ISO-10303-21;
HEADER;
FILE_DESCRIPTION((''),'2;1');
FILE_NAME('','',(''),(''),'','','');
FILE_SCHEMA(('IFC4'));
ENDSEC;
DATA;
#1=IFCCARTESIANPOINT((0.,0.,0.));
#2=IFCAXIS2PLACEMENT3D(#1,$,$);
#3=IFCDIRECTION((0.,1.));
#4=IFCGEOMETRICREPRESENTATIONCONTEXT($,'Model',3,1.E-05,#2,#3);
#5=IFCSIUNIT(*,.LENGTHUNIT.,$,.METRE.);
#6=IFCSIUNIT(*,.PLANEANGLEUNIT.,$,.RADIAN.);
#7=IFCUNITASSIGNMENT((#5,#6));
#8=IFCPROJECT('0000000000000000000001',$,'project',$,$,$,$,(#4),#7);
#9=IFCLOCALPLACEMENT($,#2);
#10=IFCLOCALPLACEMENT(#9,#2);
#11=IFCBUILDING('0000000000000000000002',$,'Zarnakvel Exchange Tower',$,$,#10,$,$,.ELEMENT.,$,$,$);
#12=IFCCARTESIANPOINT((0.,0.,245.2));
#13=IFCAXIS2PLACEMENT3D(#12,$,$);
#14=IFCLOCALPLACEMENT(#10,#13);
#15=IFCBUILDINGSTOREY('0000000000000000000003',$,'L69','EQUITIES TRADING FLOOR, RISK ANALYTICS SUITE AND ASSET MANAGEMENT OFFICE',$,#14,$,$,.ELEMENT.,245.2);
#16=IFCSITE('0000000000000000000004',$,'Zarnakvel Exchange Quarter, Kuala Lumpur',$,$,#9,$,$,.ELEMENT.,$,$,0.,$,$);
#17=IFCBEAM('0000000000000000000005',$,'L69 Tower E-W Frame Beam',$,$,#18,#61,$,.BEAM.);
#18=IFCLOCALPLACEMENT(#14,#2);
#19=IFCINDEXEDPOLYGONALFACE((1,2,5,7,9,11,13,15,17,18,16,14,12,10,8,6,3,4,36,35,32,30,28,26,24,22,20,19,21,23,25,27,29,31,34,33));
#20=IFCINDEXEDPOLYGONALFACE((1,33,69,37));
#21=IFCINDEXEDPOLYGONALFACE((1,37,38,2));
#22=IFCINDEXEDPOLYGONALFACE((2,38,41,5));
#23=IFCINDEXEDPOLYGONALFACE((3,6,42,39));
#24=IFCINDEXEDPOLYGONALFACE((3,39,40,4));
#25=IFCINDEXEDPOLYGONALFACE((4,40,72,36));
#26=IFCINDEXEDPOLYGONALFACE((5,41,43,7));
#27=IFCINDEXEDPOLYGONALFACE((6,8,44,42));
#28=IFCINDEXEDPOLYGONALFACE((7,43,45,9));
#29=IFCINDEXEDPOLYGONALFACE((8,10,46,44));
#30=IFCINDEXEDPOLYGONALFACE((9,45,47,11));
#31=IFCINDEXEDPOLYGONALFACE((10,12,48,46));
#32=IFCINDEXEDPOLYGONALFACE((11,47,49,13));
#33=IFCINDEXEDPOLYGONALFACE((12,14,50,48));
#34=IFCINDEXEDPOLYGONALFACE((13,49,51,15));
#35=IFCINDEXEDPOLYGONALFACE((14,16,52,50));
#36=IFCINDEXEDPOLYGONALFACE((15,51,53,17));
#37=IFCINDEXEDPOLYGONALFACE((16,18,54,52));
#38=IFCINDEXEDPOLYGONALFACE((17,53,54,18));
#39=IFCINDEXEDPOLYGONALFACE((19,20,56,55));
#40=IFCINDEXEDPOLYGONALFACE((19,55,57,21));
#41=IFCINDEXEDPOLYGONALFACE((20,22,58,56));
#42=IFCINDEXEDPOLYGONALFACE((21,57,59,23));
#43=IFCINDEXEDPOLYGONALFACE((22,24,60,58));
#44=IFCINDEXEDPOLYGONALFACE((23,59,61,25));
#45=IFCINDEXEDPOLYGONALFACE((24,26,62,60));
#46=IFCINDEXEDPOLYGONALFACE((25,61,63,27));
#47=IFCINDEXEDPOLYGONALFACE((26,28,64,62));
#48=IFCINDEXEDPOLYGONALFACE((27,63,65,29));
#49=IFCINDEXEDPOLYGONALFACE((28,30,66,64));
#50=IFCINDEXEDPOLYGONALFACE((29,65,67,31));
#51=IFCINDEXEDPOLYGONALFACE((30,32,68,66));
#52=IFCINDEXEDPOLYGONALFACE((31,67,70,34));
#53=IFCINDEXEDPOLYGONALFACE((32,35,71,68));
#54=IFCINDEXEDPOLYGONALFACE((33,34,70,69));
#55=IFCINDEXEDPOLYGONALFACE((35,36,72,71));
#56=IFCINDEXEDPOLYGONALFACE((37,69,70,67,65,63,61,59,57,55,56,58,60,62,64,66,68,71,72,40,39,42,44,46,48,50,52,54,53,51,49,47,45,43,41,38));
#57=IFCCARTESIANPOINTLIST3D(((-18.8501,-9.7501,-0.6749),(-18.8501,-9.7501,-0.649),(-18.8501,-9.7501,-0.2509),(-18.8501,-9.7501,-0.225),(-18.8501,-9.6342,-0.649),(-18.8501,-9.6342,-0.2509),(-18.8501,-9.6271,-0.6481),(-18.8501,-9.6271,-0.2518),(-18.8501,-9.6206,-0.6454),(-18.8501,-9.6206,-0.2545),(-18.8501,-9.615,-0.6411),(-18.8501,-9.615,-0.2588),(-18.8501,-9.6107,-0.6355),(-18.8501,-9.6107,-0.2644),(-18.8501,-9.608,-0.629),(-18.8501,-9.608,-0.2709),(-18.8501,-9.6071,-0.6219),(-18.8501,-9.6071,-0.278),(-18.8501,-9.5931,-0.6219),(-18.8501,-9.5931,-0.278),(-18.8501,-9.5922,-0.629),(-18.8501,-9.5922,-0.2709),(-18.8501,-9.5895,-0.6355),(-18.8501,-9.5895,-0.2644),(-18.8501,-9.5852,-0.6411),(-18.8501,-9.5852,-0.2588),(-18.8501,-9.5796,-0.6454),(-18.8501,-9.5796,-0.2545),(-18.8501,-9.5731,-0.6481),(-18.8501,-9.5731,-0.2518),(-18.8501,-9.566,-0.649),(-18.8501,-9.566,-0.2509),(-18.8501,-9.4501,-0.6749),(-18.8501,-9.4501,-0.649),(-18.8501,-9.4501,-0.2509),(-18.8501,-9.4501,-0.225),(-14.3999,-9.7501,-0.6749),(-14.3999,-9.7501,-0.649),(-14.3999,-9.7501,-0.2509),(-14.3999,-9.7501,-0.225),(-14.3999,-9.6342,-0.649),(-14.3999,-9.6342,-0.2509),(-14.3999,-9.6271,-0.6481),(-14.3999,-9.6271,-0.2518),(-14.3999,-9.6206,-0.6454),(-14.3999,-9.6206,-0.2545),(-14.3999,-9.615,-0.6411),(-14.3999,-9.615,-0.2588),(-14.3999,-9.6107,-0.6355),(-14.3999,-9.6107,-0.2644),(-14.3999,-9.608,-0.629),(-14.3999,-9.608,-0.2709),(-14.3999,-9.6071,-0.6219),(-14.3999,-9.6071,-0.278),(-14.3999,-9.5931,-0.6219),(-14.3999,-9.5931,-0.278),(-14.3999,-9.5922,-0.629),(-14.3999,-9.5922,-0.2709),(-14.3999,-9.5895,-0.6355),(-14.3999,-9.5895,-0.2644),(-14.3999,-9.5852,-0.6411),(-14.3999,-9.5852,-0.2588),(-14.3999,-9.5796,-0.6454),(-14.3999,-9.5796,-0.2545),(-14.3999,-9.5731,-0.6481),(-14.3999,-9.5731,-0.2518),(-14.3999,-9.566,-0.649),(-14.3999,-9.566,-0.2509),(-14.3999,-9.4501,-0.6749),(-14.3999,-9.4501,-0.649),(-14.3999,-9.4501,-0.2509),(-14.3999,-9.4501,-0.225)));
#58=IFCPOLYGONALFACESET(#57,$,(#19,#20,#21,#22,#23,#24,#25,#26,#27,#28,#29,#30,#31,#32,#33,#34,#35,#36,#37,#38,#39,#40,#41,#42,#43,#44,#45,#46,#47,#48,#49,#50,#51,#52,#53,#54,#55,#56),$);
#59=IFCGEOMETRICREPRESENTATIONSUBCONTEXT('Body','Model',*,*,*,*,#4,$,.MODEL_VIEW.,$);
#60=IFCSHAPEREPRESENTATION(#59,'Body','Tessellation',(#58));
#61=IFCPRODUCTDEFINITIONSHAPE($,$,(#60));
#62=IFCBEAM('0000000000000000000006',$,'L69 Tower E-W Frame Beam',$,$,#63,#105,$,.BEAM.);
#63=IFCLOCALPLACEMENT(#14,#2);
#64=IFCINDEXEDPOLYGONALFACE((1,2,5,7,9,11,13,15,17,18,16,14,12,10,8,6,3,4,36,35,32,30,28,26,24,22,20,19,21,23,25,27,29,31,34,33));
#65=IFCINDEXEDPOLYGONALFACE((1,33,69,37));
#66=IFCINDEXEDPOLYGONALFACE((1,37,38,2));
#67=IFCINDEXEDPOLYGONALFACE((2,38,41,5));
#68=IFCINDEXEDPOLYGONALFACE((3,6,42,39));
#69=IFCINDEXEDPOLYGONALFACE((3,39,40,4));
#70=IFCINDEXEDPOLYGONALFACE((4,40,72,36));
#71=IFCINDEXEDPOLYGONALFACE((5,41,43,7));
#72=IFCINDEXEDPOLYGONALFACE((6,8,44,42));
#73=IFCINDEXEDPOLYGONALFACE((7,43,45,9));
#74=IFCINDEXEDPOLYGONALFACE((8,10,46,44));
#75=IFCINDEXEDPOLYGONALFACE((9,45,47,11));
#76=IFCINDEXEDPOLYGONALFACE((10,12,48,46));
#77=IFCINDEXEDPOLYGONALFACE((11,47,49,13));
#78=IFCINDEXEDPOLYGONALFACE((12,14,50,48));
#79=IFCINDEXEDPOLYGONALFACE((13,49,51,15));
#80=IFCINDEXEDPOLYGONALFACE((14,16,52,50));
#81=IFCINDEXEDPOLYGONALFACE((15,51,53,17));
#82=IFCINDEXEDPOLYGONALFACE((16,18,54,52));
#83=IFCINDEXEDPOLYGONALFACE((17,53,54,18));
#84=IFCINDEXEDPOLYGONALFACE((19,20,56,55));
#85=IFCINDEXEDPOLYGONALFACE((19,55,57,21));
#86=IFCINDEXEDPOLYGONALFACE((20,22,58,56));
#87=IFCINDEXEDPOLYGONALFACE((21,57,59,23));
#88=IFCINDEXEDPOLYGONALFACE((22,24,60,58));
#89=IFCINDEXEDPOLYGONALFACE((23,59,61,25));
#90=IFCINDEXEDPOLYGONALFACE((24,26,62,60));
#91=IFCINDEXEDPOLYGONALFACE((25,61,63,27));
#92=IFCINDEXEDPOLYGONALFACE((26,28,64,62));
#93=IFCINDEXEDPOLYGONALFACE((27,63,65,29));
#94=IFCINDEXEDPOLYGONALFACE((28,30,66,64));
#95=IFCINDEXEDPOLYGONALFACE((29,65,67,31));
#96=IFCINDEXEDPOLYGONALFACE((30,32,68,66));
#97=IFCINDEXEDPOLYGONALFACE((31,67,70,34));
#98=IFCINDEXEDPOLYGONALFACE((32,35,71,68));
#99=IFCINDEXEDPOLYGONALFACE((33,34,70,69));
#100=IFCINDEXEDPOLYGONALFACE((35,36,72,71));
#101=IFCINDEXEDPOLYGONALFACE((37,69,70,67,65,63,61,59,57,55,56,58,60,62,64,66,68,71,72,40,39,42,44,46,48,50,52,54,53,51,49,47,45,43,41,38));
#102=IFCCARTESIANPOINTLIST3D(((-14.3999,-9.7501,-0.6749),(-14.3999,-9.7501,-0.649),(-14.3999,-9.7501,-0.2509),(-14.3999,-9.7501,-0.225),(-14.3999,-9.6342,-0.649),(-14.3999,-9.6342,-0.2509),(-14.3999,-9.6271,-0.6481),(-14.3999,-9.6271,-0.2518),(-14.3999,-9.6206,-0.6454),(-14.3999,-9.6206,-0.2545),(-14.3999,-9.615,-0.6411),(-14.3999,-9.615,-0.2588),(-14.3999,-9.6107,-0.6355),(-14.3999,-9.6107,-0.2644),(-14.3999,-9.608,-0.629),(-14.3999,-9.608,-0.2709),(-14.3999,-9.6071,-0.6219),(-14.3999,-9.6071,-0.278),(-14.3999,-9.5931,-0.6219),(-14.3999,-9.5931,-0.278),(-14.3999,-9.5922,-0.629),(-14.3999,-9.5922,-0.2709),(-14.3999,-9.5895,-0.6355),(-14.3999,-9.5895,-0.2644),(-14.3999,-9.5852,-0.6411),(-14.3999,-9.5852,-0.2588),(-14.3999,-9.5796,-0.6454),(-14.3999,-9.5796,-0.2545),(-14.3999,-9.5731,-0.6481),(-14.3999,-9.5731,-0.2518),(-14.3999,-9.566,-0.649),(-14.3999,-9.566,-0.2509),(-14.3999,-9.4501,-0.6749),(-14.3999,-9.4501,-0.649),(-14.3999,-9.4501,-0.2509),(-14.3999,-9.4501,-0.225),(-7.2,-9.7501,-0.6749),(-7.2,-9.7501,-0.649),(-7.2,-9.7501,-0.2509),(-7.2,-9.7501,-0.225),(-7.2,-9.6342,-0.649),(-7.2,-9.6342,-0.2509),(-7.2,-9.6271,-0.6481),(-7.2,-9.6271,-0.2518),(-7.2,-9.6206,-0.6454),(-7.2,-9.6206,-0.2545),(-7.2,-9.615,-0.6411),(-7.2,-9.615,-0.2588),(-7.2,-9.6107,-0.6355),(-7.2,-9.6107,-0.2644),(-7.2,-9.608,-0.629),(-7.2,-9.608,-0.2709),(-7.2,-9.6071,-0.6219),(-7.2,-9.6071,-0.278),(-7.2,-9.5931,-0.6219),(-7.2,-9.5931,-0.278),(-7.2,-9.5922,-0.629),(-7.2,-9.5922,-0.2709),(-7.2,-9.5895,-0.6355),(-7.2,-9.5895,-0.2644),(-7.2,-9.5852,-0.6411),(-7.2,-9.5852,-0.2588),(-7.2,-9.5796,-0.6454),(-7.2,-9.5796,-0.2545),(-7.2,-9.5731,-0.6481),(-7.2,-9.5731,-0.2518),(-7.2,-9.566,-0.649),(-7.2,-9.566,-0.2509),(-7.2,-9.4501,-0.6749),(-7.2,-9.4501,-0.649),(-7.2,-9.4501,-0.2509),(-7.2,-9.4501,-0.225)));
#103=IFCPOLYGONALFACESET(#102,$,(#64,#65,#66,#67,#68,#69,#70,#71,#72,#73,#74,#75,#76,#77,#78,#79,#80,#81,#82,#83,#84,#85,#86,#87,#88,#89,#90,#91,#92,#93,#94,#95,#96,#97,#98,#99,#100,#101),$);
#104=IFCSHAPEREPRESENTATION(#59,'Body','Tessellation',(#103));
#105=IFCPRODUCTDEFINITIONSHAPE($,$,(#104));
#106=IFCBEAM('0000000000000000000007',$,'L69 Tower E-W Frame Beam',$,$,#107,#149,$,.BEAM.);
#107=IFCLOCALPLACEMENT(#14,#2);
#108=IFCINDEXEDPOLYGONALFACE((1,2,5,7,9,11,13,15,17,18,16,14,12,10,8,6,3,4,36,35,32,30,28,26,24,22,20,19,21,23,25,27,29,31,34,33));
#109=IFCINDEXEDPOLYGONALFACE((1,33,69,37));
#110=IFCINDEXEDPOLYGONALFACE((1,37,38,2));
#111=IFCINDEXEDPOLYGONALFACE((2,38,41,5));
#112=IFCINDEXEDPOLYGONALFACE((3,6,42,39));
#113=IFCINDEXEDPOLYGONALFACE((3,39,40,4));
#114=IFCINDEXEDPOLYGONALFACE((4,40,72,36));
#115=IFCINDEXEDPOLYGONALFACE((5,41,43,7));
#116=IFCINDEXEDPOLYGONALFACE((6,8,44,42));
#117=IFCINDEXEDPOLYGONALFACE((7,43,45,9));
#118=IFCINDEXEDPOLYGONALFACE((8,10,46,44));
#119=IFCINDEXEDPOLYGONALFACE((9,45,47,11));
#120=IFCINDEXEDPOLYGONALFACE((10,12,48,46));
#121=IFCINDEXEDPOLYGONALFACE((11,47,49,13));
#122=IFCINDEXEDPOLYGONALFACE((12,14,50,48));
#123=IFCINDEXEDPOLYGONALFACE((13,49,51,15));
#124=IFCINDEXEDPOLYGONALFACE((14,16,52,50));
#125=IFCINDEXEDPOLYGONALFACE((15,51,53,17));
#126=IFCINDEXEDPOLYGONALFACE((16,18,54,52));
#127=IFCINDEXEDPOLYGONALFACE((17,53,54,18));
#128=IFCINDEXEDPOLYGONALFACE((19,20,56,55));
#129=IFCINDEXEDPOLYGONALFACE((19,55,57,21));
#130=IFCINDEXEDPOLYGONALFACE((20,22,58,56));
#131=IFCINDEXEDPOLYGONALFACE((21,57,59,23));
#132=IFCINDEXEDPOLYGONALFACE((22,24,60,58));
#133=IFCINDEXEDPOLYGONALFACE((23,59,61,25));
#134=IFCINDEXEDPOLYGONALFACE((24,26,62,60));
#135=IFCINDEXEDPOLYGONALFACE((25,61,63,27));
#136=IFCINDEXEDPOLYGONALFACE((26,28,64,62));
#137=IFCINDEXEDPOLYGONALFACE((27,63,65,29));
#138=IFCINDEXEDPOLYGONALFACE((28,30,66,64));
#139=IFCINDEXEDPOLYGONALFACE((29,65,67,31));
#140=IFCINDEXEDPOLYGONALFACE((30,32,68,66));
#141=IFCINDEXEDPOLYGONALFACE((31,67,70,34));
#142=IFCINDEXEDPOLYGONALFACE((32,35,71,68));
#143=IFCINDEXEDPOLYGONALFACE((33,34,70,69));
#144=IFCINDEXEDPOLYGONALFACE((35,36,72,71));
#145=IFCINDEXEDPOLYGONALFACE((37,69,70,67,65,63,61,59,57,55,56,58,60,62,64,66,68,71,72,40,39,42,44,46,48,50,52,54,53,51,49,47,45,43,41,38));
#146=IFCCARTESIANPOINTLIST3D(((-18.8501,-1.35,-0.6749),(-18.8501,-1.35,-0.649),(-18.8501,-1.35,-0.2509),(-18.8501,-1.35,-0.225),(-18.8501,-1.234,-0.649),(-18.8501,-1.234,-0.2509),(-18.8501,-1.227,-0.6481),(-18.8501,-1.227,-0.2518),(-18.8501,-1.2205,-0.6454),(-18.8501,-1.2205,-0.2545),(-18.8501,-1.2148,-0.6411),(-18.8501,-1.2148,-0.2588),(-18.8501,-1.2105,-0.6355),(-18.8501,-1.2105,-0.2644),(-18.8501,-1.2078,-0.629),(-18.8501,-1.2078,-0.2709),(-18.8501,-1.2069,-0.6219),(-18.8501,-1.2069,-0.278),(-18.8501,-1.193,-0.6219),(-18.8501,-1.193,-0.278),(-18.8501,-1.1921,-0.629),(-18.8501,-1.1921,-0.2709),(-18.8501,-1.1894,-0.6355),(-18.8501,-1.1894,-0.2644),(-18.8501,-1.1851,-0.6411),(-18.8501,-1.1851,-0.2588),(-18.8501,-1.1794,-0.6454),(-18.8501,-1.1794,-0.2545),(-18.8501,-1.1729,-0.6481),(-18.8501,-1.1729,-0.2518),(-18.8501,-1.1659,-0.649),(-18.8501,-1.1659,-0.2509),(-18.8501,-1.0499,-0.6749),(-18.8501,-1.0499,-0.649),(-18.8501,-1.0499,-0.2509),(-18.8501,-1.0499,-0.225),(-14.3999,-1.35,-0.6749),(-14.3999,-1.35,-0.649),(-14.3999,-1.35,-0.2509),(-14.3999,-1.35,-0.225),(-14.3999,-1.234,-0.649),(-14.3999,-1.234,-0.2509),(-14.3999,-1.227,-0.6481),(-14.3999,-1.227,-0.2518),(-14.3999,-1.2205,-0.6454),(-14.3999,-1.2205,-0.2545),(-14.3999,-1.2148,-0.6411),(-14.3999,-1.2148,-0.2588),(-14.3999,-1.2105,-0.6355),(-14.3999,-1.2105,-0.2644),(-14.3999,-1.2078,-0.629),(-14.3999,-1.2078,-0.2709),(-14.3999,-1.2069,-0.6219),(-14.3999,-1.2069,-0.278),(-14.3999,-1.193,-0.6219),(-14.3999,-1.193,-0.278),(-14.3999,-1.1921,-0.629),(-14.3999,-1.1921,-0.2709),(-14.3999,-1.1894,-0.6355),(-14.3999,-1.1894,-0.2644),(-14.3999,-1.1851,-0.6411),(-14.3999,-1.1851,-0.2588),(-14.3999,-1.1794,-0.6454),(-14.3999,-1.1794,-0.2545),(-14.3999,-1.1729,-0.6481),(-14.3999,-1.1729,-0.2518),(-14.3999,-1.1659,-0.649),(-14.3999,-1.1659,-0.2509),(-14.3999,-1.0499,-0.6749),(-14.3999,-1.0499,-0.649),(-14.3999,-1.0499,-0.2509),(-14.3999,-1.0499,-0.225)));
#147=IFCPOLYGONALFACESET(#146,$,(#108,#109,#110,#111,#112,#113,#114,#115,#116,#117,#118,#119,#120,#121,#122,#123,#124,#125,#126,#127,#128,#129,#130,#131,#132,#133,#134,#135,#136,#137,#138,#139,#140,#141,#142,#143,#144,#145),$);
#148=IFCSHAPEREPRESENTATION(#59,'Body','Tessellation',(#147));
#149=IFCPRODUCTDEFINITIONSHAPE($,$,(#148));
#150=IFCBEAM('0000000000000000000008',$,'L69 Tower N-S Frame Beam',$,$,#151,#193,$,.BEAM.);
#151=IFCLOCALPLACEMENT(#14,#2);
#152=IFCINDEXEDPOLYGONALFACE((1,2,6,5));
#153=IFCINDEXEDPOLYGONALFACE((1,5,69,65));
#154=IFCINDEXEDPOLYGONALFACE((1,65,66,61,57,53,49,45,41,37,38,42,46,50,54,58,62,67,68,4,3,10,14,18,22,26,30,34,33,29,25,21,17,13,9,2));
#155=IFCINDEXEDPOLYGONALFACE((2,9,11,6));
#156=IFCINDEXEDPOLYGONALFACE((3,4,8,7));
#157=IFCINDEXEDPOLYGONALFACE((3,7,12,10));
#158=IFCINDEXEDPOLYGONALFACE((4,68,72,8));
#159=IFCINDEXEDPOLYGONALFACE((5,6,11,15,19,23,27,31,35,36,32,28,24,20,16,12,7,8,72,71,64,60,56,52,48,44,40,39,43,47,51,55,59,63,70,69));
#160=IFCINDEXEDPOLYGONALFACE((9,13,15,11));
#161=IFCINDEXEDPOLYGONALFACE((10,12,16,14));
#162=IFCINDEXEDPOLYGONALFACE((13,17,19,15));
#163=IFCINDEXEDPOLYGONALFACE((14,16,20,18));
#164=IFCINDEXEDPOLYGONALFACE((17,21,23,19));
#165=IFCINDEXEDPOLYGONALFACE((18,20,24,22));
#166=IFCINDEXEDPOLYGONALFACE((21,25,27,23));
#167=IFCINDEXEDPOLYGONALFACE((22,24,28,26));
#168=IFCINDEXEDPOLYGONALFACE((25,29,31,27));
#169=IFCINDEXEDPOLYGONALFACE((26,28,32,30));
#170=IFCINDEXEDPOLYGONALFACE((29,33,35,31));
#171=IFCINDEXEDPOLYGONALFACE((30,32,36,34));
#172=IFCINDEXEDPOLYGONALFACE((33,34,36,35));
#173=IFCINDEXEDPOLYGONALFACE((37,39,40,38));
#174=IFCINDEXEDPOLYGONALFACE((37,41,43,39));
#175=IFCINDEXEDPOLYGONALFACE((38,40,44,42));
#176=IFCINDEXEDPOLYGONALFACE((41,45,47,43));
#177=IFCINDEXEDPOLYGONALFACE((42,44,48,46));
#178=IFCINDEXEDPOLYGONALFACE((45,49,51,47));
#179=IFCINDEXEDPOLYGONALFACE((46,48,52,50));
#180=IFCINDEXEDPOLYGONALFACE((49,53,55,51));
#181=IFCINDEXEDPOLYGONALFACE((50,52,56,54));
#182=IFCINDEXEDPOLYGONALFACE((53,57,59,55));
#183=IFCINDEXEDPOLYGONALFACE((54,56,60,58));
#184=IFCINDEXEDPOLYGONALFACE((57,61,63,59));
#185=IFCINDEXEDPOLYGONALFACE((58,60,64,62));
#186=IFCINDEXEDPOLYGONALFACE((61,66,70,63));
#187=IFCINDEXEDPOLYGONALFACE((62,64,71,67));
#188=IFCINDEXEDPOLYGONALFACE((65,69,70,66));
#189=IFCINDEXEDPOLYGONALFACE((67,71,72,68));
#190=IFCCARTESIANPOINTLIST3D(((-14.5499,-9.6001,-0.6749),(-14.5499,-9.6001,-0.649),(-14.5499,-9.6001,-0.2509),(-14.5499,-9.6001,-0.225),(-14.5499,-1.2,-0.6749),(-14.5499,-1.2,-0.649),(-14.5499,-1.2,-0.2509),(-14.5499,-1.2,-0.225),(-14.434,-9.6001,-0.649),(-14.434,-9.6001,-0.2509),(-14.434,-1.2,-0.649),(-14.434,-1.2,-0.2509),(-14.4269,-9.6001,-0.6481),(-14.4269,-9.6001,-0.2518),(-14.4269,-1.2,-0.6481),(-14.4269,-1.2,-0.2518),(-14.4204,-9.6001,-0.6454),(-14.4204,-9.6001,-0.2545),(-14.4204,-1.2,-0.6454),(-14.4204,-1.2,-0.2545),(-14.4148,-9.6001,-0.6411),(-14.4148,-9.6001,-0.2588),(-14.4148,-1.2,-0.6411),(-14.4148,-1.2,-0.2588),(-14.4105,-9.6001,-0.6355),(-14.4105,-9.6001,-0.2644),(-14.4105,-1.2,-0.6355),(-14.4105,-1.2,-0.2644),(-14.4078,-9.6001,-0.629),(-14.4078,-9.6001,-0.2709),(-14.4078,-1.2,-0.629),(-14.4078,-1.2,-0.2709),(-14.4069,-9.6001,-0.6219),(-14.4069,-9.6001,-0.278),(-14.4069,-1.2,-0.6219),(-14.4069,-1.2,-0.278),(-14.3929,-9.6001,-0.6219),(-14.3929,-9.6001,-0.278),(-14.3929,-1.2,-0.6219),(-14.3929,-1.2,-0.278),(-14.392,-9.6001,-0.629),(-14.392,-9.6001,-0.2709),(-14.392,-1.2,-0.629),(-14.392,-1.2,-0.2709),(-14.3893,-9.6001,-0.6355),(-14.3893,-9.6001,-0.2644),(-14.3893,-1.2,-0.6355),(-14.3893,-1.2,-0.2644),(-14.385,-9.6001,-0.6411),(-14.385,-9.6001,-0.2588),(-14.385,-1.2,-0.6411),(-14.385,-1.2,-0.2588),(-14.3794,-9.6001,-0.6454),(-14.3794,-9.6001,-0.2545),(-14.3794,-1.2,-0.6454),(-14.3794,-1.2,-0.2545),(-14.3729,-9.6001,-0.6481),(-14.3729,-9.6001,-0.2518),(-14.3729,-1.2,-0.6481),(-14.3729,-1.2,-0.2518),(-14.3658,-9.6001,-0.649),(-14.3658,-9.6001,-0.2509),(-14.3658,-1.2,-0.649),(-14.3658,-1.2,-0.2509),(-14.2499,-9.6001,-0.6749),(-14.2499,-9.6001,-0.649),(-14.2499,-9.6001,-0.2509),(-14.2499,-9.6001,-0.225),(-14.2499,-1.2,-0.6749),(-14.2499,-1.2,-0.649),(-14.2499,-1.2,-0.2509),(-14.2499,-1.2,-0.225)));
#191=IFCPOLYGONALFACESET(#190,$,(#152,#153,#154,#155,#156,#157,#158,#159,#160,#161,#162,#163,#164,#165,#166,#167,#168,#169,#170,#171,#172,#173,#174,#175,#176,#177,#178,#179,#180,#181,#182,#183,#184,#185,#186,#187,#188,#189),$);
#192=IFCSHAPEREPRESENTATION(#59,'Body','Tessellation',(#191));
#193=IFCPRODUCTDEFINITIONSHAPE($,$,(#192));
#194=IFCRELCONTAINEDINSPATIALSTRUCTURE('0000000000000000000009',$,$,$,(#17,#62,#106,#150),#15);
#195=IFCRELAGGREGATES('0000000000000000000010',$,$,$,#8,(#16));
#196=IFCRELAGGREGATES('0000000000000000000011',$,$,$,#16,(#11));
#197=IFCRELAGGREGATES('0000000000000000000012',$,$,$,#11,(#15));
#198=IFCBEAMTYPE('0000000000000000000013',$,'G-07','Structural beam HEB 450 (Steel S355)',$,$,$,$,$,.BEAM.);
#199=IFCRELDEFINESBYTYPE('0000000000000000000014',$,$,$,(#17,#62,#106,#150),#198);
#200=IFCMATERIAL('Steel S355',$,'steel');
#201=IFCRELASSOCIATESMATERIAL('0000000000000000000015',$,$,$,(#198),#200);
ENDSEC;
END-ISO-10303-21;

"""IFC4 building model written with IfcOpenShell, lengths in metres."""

from ifc_helpers import new_model, si_unit, direction, frame, origin, origin_2d, place, context, subcontext, project, spatial, i_section, extrude, material, material_profile, profile_set, type_object, element, save


model = new_model("IFC4")

# Units and contexts
model_context = context("Model", 3, precision=1e-05, world=origin(), true_north=direction((0.0, 1.0)))
body_context = subcontext(model_context, "Body", "Model", "MODEL_VIEW")
ifc_project = project(units=[si_unit("LENGTHUNIT", "METRE"), si_unit("PLANEANGLEUNIT", "RADIAN")], contexts=[model_context])

# Site, building, storey
site_placement = place(None, origin())
site = spatial("IfcSite", under=ifc_project, at=site_placement, Name="Zarnakvel Exchange Quarter, Kuala Lumpur", CompositionType="ELEMENT", RefElevation=0.0)
building_placement = place(site_placement, origin())
building = spatial("IfcBuilding", under=site, at=building_placement, Name="Zarnakvel Exchange Tower", CompositionType="ELEMENT")
storey_placement = place(building_placement, frame((0.0, 0.0, 245.2)))
storey = spatial("IfcBuildingStorey", under=building, at=storey_placement, Name="L69", Description="EQUITIES TRADING FLOOR, RISK ANALYTICS SUITE AND ASSET MANAGEMENT OFFICE", CompositionType="ELEMENT", Elevation=245.2)

# Shared definitions
ifc_material_1 = material(Name="Steel S355", Category="steel")

# Beams
ifc_material_profile_1 = material_profile(ifc_material_1, i_section(OverallWidth=0.3, OverallDepth=0.45, WebThickness=0.0139, FlangeThickness=0.0259, FilletRadius=0.0271, at=origin_2d()))
ifc_profile_set_1 = profile_set([ifc_material_profile_1], Name="Steel S355")
beam_type_1 = type_object("IfcBeamType", Name="G-07", Description="Structural beam HEB 450 (Steel S355)", PredefinedType="BEAM", material=ifc_profile_set_1)
beam_1_placement = place(storey_placement, frame((-18.8501, -9.6001, -0.45), z_axis=(1.0, 0.0, 0.0), x_axis=(0.0, 1.0, 0.0)))
element("IfcBeam", 1, at=beam_1_placement, inside=storey, type_object=beam_type_1, Name="L69 Tower E-W Frame Beam", PredefinedType="BEAM", context=body_context, shape_type="SweptSolid", body=[
    extrude(i_section(OverallWidth=0.3, OverallDepth=0.45, WebThickness=0.0139, FlangeThickness=0.0259, FilletRadius=0.0271, at=origin_2d()), origin(), (0.0, 0.0, 1.0), 4.4502),
])
beam_2_placement = place(storey_placement, frame((-14.3999, -9.6001, -0.45), z_axis=(1.0, 0.0, 0.0), x_axis=(0.0, 1.0, 0.0)))
element("IfcBeam", 2, at=beam_2_placement, inside=storey, type_object=beam_type_1, Name="L69 Tower E-W Frame Beam", PredefinedType="BEAM", context=body_context, shape_type="SweptSolid", body=[
    extrude(i_section(OverallWidth=0.3, OverallDepth=0.45, WebThickness=0.0139, FlangeThickness=0.0259, FilletRadius=0.0271, at=origin_2d()), origin(), (0.0, 0.0, 1.0), 7.2),
])
beam_3_placement = place(storey_placement, frame((-18.8501, -1.2, -0.45), z_axis=(1.0, 0.0, 0.0), x_axis=(0.0, 1.0, 0.0)))
element("IfcBeam", 3, at=beam_3_placement, inside=storey, type_object=beam_type_1, Name="L69 Tower E-W Frame Beam", PredefinedType="BEAM", context=body_context, shape_type="SweptSolid", body=[
    extrude(i_section(OverallWidth=0.3, OverallDepth=0.45, WebThickness=0.0139, FlangeThickness=0.0259, FilletRadius=0.0271, at=origin_2d()), origin(), (0.0, 0.0, 1.0), 4.4502),
])
beam_4_placement = place(storey_placement, frame((-14.3999, -9.6001, -0.45), z_axis=(0.0, 1.0, 0.0), x_axis=(-1.0, 0.0, 0.0)))
element("IfcBeam", 4, at=beam_4_placement, inside=storey, type_object=beam_type_1, Name="L69 Tower N-S Frame Beam", PredefinedType="BEAM", context=body_context, shape_type="SweptSolid", body=[
    extrude(i_section(OverallWidth=0.3, OverallDepth=0.45, WebThickness=0.0139, FlangeThickness=0.0259, FilletRadius=0.0271, at=origin_2d()), origin(), (0.0, 0.0, 1.0), 8.4001),
])

save(model, "model.ifc")
